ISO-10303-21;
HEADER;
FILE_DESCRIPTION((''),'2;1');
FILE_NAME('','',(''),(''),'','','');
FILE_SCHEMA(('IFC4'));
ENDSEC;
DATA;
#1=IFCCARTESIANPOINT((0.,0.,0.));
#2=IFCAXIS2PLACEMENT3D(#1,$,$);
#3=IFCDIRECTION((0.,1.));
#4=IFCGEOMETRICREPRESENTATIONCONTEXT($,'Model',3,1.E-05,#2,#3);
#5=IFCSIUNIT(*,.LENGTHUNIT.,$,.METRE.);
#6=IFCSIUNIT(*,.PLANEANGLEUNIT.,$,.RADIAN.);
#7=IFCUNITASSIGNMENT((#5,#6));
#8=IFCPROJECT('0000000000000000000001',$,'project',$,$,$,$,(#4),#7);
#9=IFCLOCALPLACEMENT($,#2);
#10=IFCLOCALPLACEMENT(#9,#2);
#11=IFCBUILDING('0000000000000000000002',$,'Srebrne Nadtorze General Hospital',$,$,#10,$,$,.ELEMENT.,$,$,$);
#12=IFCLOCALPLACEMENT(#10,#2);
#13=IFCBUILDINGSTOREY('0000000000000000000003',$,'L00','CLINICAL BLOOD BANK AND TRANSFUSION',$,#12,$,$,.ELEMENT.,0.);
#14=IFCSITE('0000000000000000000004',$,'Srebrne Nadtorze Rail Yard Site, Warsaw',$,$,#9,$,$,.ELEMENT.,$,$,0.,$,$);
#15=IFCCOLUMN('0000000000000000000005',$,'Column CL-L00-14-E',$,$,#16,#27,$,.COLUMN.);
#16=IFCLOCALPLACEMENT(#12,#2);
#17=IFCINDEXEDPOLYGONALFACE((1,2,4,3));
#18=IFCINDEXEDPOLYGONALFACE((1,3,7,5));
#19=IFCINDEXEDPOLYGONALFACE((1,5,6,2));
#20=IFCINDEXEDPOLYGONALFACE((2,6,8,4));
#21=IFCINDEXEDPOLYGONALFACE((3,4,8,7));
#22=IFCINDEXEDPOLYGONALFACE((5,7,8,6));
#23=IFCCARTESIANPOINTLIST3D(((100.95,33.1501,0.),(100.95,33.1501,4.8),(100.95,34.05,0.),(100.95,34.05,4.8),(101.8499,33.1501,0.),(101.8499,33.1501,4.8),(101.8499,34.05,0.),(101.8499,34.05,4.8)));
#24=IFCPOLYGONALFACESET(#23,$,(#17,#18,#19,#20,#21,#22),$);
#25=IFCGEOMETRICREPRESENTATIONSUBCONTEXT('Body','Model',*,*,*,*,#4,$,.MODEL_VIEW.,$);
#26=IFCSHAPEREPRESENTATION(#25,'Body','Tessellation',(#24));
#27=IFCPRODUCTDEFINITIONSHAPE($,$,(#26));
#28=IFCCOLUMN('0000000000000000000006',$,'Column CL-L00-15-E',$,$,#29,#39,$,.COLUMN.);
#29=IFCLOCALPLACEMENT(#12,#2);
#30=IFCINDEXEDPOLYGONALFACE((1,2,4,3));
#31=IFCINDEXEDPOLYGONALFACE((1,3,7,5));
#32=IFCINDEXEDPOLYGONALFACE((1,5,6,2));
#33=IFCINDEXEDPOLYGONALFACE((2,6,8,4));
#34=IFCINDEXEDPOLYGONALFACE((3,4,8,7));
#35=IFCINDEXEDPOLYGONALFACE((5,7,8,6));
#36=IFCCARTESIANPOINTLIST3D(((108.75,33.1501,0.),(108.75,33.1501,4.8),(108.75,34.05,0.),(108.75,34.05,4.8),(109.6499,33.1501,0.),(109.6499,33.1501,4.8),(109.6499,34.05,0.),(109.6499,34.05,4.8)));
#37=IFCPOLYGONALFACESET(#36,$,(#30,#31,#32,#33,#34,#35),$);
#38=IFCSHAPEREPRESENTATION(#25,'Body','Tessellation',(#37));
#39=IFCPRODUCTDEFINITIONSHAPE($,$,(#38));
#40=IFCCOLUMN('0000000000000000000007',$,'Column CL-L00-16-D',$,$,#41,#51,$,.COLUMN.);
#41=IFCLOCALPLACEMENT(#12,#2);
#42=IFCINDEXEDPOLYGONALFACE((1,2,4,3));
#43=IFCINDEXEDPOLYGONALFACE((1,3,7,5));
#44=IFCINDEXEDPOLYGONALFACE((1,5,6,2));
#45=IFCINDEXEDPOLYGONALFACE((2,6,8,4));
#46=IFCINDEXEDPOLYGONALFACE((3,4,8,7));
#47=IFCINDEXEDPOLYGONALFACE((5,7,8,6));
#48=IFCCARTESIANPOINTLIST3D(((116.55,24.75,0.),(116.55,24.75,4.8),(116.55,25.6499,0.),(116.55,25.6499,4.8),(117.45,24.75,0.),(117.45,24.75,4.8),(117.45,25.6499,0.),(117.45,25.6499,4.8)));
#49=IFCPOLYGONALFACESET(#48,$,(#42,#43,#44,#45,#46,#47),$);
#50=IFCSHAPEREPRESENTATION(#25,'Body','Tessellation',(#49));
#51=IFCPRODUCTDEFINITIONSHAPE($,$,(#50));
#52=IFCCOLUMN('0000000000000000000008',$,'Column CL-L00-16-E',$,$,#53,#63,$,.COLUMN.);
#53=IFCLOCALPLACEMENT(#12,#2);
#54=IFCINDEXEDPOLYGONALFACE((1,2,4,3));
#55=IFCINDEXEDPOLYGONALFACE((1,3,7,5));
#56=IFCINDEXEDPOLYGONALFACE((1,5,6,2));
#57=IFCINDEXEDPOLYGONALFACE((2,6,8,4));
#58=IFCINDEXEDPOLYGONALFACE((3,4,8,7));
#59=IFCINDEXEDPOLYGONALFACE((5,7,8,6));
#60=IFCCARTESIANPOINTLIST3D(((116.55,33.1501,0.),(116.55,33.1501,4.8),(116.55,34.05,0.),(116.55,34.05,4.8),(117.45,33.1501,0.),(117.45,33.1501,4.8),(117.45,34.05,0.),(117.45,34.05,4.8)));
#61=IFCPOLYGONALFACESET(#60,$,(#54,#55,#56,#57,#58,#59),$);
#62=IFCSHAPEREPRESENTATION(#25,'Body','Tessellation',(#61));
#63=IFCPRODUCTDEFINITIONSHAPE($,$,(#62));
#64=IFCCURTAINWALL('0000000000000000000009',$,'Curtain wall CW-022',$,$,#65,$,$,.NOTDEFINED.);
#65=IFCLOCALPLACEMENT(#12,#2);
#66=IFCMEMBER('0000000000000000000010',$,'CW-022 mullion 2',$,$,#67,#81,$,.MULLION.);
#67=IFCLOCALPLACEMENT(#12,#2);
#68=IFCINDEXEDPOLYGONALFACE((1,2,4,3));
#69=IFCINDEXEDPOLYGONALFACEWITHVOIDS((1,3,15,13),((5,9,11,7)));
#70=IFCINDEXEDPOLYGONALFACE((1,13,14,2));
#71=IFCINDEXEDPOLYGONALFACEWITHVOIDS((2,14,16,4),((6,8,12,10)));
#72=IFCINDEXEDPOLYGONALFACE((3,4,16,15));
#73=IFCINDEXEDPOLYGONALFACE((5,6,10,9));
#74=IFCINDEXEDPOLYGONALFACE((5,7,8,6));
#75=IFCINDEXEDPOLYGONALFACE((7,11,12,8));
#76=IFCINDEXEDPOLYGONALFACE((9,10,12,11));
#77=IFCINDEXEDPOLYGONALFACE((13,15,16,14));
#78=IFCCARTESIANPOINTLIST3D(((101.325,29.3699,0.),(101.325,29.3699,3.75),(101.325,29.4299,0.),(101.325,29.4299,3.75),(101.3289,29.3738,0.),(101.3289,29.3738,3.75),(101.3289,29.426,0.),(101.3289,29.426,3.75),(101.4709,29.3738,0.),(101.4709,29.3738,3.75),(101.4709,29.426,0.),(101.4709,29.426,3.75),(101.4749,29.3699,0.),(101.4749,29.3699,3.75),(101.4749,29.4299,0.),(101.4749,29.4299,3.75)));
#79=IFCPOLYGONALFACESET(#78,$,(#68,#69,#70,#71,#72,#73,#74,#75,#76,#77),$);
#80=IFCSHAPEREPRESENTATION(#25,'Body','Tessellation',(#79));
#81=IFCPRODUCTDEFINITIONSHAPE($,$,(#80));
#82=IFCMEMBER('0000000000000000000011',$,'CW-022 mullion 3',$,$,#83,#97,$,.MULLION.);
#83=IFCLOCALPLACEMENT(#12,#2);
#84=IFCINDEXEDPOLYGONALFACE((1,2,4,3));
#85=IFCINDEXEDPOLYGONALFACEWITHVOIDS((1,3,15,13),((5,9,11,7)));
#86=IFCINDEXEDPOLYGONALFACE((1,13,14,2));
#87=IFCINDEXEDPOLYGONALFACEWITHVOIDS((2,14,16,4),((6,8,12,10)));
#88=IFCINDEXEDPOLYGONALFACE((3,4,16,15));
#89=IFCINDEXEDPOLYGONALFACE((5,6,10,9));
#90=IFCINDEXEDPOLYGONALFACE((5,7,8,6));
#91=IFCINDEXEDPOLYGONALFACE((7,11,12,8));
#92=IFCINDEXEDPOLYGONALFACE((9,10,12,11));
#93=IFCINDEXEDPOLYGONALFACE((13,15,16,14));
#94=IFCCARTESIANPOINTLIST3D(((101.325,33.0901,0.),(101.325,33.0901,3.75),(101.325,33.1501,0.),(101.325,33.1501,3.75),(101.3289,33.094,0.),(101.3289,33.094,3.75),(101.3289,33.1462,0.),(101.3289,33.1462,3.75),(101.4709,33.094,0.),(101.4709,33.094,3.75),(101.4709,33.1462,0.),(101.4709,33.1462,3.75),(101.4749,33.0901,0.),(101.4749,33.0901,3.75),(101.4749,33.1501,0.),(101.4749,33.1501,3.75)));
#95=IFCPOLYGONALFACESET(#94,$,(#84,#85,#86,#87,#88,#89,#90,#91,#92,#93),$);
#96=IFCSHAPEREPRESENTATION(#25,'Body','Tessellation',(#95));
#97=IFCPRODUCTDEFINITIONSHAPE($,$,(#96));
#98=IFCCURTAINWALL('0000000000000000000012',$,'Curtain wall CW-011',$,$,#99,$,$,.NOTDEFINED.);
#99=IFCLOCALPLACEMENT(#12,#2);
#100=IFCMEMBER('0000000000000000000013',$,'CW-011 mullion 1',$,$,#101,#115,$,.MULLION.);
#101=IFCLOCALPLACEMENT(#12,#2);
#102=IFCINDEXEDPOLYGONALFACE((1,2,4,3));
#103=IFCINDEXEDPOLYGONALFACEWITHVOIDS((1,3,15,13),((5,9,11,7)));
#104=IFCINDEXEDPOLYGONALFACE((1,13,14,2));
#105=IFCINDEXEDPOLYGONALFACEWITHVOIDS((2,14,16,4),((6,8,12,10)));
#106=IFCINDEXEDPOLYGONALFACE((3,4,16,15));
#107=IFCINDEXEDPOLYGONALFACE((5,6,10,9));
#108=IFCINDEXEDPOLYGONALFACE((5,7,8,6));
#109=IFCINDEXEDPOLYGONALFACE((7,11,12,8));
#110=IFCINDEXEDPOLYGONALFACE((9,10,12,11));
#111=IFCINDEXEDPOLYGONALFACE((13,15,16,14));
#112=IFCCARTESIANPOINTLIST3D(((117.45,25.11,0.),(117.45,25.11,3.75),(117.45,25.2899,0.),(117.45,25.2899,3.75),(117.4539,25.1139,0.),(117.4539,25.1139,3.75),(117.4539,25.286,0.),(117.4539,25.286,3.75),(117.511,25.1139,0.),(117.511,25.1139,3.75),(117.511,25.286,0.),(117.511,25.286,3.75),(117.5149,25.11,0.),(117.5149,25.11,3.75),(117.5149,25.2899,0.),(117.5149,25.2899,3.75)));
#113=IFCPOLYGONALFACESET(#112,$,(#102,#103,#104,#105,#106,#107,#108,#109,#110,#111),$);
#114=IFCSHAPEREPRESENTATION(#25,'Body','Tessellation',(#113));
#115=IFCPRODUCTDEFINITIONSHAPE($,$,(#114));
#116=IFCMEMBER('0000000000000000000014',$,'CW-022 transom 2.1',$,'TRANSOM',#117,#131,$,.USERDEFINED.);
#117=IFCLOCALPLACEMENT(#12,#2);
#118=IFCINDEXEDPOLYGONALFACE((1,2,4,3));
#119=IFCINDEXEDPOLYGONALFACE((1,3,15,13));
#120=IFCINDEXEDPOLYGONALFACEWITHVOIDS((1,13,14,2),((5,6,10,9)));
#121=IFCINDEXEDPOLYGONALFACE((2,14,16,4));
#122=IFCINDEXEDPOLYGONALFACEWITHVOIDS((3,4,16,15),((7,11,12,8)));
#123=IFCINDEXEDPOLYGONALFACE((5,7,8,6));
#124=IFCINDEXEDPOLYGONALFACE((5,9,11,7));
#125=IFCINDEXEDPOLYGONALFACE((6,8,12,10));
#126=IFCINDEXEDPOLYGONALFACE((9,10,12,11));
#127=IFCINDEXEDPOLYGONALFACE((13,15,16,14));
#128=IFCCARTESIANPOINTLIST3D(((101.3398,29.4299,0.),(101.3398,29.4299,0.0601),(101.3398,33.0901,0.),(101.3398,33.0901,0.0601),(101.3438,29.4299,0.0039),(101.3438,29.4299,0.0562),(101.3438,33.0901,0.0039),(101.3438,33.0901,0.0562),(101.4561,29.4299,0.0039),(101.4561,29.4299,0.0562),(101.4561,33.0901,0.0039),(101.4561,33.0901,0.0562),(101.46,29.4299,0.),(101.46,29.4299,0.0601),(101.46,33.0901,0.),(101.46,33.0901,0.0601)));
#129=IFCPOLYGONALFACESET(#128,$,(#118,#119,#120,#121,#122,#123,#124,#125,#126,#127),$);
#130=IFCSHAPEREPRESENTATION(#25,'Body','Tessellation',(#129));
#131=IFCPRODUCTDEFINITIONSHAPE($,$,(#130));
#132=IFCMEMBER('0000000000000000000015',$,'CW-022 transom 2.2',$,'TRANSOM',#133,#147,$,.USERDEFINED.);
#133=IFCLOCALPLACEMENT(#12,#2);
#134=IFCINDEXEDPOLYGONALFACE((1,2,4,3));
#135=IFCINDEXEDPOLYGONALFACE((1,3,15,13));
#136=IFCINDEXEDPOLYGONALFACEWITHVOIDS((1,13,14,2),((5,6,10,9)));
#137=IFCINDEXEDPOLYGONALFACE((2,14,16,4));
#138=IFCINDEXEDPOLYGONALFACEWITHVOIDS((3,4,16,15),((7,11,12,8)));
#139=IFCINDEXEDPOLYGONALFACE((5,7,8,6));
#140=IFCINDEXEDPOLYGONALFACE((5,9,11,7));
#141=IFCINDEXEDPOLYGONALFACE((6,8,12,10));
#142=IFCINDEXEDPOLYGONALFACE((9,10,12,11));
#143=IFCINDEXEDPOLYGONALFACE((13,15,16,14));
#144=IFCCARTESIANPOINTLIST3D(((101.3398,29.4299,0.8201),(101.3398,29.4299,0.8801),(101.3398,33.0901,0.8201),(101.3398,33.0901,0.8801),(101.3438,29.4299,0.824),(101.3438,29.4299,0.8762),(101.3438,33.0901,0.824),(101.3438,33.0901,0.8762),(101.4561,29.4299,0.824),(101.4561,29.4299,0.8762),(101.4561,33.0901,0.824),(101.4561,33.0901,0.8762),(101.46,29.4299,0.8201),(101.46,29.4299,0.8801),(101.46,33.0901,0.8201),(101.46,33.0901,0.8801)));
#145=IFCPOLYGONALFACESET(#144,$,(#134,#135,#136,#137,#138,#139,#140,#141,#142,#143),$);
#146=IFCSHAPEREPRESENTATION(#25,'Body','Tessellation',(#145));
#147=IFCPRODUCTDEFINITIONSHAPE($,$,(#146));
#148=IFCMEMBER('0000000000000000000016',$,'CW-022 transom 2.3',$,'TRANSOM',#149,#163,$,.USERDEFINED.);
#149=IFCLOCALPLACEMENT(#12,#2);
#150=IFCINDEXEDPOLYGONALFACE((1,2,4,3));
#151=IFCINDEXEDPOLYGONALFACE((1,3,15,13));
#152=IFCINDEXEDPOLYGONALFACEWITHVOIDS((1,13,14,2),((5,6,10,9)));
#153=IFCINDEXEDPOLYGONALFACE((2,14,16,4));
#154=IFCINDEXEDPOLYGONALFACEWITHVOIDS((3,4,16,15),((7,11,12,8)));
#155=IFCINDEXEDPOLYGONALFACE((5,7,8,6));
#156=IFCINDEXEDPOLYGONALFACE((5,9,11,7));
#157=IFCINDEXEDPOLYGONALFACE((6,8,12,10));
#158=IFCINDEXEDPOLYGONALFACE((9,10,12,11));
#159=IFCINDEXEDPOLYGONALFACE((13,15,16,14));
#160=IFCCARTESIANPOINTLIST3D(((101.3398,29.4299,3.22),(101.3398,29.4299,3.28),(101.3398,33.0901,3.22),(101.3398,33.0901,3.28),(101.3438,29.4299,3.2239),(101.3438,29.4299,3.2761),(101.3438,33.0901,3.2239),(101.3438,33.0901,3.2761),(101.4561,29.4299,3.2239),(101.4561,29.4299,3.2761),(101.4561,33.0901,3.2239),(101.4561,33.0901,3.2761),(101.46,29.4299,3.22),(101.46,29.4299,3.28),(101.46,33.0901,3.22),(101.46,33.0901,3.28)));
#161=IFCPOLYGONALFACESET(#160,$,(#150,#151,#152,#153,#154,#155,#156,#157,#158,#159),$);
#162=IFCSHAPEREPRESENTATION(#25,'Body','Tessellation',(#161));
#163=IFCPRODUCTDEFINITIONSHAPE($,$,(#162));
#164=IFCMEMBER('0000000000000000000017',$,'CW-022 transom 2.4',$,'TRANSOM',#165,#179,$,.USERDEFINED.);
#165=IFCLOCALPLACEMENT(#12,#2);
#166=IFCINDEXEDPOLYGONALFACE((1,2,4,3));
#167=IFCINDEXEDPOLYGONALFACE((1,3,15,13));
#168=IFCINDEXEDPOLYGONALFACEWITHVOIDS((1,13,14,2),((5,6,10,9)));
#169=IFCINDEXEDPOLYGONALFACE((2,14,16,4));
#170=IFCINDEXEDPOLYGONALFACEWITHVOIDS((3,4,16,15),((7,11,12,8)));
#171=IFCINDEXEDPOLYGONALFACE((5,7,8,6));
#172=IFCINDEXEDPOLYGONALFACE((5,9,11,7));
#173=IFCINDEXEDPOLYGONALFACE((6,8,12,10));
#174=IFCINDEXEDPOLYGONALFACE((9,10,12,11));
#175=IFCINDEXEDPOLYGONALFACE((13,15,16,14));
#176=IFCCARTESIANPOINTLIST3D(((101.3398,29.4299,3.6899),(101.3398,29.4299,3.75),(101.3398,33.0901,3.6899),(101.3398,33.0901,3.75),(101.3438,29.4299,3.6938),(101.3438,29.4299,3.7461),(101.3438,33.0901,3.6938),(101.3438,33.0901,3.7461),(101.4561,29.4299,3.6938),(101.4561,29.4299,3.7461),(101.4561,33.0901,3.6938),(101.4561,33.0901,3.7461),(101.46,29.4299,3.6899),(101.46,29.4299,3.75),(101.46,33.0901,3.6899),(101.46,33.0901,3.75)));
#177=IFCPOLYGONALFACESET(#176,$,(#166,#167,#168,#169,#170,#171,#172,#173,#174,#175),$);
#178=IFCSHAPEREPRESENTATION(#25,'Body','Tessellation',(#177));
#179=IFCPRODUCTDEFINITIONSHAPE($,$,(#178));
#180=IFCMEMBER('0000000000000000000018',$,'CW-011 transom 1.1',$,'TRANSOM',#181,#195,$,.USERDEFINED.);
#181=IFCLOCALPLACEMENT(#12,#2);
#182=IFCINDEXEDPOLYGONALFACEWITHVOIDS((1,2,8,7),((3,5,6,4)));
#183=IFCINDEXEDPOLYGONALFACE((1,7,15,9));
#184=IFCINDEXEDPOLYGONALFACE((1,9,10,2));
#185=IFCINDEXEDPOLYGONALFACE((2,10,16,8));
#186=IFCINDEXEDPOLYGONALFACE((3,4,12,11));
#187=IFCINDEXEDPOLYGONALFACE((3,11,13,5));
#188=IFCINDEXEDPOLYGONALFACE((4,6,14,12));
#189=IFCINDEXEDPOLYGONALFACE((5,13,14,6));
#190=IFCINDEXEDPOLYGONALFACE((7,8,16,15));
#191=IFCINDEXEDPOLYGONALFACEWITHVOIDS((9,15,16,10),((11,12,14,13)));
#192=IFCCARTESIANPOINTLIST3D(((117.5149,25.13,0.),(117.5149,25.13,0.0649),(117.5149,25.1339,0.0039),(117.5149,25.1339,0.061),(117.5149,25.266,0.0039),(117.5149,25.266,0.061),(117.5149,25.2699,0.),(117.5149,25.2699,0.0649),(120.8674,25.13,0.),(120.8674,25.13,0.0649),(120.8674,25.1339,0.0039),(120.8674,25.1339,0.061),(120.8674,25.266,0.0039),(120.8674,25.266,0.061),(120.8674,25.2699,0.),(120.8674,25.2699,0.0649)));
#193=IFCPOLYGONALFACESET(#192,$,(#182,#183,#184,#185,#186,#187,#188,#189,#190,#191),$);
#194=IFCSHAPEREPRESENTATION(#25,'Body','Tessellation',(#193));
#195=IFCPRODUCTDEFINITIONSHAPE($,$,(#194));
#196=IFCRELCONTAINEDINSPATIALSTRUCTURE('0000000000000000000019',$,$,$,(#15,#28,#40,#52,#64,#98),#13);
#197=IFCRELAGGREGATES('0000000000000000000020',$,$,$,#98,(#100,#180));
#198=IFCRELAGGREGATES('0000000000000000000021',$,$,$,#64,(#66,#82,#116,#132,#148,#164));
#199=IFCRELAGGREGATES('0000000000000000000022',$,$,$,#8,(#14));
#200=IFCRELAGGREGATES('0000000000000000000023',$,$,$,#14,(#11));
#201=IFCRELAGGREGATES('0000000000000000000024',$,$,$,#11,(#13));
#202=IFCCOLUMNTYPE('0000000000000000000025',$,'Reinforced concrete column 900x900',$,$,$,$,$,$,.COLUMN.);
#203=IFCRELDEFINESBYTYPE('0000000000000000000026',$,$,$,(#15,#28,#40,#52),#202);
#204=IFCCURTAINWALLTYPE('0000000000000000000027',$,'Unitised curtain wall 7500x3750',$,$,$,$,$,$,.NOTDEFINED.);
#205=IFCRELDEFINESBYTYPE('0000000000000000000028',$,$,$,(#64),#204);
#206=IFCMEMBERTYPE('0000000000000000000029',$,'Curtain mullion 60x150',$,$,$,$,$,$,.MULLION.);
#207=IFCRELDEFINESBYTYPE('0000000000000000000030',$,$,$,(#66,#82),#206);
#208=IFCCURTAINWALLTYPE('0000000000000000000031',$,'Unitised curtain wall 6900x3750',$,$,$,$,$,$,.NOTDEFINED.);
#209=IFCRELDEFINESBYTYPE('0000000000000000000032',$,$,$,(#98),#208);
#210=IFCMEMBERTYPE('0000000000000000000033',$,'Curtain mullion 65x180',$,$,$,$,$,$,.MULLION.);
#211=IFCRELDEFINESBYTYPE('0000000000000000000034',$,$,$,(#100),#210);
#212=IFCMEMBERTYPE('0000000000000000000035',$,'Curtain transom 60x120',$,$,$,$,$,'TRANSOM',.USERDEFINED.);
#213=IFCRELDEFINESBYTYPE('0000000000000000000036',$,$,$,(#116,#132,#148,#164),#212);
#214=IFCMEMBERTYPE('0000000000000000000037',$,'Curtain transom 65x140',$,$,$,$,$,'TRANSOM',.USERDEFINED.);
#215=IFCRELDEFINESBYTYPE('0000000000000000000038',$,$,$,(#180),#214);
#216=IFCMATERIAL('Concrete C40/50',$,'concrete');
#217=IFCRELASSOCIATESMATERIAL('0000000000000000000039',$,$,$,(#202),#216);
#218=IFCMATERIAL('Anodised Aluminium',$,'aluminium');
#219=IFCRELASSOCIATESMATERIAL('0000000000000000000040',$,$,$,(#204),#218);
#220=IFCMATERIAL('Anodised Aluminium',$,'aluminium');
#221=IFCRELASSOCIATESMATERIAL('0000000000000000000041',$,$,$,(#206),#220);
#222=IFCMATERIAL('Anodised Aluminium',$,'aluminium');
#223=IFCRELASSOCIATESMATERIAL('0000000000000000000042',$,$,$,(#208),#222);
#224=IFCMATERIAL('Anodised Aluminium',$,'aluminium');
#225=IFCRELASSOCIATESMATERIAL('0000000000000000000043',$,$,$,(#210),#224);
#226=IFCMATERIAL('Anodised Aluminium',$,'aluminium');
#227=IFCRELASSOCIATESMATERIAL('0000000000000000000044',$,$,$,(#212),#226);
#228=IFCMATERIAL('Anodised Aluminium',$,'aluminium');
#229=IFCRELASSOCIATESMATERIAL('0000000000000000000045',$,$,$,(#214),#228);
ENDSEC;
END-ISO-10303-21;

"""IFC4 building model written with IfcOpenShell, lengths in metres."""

from ifc_helpers import new_model, si_unit, direction, frame, origin, origin_2d, place, context, subcontext, project, spatial, rectangle, hollow_rectangle, extrude, material, material_profile, profile_set, type_object, element, aggregate, save


model = new_model("IFC4")

# Units and contexts
model_context = context("Model", 3, precision=1e-05, world=origin(), true_north=direction((0.0, 1.0)))
body_context = subcontext(model_context, "Body", "Model", "MODEL_VIEW")
ifc_project = project(units=[si_unit("LENGTHUNIT", "METRE"), si_unit("PLANEANGLEUNIT", "RADIAN")], contexts=[model_context])

# Site, building, storey
site_placement = place(None, origin())
site = spatial("IfcSite", under=ifc_project, at=site_placement, Name="Srebrne Nadtorze Rail Yard Site, Warsaw", CompositionType="ELEMENT", RefElevation=0.0)
building_placement = place(site_placement, origin())
building = spatial("IfcBuilding", under=site, at=building_placement, Name="Srebrne Nadtorze General Hospital", CompositionType="ELEMENT")
storey_placement = place(building_placement, origin())
storey = spatial("IfcBuildingStorey", under=building, at=storey_placement, Name="L00", Description="CLINICAL BLOOD BANK AND TRANSFUSION", CompositionType="ELEMENT", Elevation=0.0)

# Columns
ifc_material_1 = material(Name="Concrete C40/50", Category="concrete")
ifc_material_profile_1 = material_profile(ifc_material_1, rectangle(XDim=0.8999, YDim=0.8999, at=origin_2d()), Name="RC-COL-900x900")
ifc_profile_set_1 = profile_set([ifc_material_profile_1], Name="Concrete C40/50")
column_type = type_object("IfcColumnType", Name="Reinforced concrete column 900x900", PredefinedType="COLUMN", material=ifc_profile_set_1)
for number, where, z_axis, x_axis, name in (
    (1, (101.3999, 33.6001, 0.0), (0.0, 0.0, 1.0), (1.0, 0.0, 0.0), "Column CL-L00-14-E"),
    (2, (109.2, 33.6001, 0.0), (0.0, 0.0, 1.0), (1.0, 0.0, 0.0), "Column CL-L00-15-E"),
    (3, (117.0, 25.2, 0.0), (0.0, 0.0, 1.0), (1.0, 0.0, 0.0), "Column CL-L00-16-D"),
    (4, (117.0, 33.6001, 0.0), (0.0, 0.0, 1.0), (1.0, 0.0, 0.0), "Column CL-L00-16-E"),
):
    element("IfcColumn", number, at=place(storey_placement, frame(where, z_axis=z_axis, x_axis=x_axis)), inside=storey, type_object=column_type, Name=name, PredefinedType="COLUMN", context=body_context, shape_type="SweptSolid", body=[
        extrude(rectangle(XDim=0.8999, YDim=0.8999, at=origin_2d()), origin(), (0.0, 0.0, 1.0), 4.8),
    ])

# Curtain wall, members
ifc_material_2 = material(Name="Anodised Aluminium", Category="aluminium")
curtain_wall_type_1 = type_object("IfcCurtainWallType", Name="Unitised curtain wall 7500x3750", PredefinedType="NOTDEFINED", material=ifc_material_2)
curtain_wall_1_placement = place(storey_placement, origin())
curtain_wall_1 = element("IfcCurtainWall", 5, at=curtain_wall_1_placement, inside=storey, type_object=curtain_wall_type_1, Name="Curtain wall CW-022", PredefinedType="NOTDEFINED")
ifc_material_3 = material(Name="Anodised Aluminium", Category="aluminium")
ifc_material_profile_2 = material_profile(ifc_material_3, hollow_rectangle(XDim=0.0601, YDim=0.1499, WallThickness=0.0039, at=origin_2d()), Name="AL-MUL-60x150")
ifc_profile_set_2 = profile_set([ifc_material_profile_2], Name="Anodised Aluminium")
member_type_1 = type_object("IfcMemberType", Name="Curtain mullion 60x150", PredefinedType="MULLION", material=ifc_profile_set_2)
member_1_placement = place(storey_placement, frame((101.3999, 29.3999, 0.0), z_axis=(0.0, 0.0, 1.0), x_axis=(0.0, 1.0, 0.0)))
member_1 = element("IfcMember", 6, at=member_1_placement, type_object=member_type_1, Name="CW-022 mullion 2", PredefinedType="MULLION", context=body_context, shape_type="SweptSolid", body=[
    extrude(hollow_rectangle(XDim=0.0601, YDim=0.1499, WallThickness=0.0039, at=origin_2d()), origin(), (0.0, 0.0, 1.0), 3.75),
])
member_2_placement = place(storey_placement, frame((101.3999, 33.1201, 0.0), z_axis=(0.0, 0.0, 1.0), x_axis=(0.0, 1.0, 0.0)))
member_2 = element("IfcMember", 7, at=member_2_placement, type_object=member_type_1, Name="CW-022 mullion 3", PredefinedType="MULLION", context=body_context, shape_type="SweptSolid", body=[
    extrude(hollow_rectangle(XDim=0.0601, YDim=0.1499, WallThickness=0.0039, at=origin_2d()), origin(), (0.0, 0.0, 1.0), 3.75),
])

# Curtain wall, member
ifc_material_4 = material(Name="Anodised Aluminium", Category="aluminium")
curtain_wall_type_2 = type_object("IfcCurtainWallType", Name="Unitised curtain wall 6900x3750", PredefinedType="NOTDEFINED", material=ifc_material_4)
curtain_wall_2_placement = place(storey_placement, origin())
curtain_wall_2 = element("IfcCurtainWall", 8, at=curtain_wall_2_placement, inside=storey, type_object=curtain_wall_type_2, Name="Curtain wall CW-011", PredefinedType="NOTDEFINED")
ifc_material_5 = material(Name="Anodised Aluminium", Category="aluminium")
ifc_material_profile_3 = material_profile(ifc_material_5, hollow_rectangle(XDim=0.0649, YDim=0.1799, WallThickness=0.0039, at=origin_2d()), Name="AL-MUL-65x180")
ifc_profile_set_3 = profile_set([ifc_material_profile_3], Name="Anodised Aluminium")
member_type_2 = type_object("IfcMemberType", Name="Curtain mullion 65x180", PredefinedType="MULLION", material=ifc_profile_set_3)
member_3_placement = place(storey_placement, frame((117.4824, 25.2, 0.0), z_axis=(0.0, 0.0, 1.0), x_axis=(1.0, 0.0, 0.0)))
member_3 = element("IfcMember", 9, at=member_3_placement, type_object=member_type_2, Name="CW-011 mullion 1", PredefinedType="MULLION", context=body_context, shape_type="SweptSolid", body=[
    extrude(hollow_rectangle(XDim=0.0649, YDim=0.1799, WallThickness=0.0039, at=origin_2d()), origin(), (0.0, 0.0, 1.0), 3.75),
])

# Members
ifc_material_6 = material(Name="Anodised Aluminium", Category="aluminium")
ifc_material_profile_4 = material_profile(ifc_material_6, hollow_rectangle(XDim=0.0601, YDim=0.1201, WallThickness=0.0039, at=origin_2d()), Name="AL-TRN-60x120")
ifc_profile_set_4 = profile_set([ifc_material_profile_4], Name="Anodised Aluminium")
member_type_3 = type_object("IfcMemberType", Name="Curtain transom 60x120", ElementType="TRANSOM", PredefinedType="USERDEFINED", material=ifc_profile_set_4)
member_4_placement = place(storey_placement, frame((101.3999, 29.4299, 0.03), z_axis=(0.0, 1.0, 0.0), x_axis=(0.0, 0.0, 1.0)))
member_4 = element("IfcMember", 10, at=member_4_placement, type_object=member_type_3, Name="CW-022 transom 2.1", ObjectType="TRANSOM", PredefinedType="USERDEFINED", context=body_context, shape_type="SweptSolid", body=[
    extrude(hollow_rectangle(XDim=0.0601, YDim=0.1201, WallThickness=0.0039, at=origin_2d()), origin(), (0.0, 0.0, 1.0), 3.6602),
])
member_5_placement = place(storey_placement, frame((101.3999, 29.4299, 0.8501), z_axis=(0.0, 1.0, 0.0), x_axis=(0.0, 0.0, 1.0)))
member_5 = element("IfcMember", 11, at=member_5_placement, type_object=member_type_3, Name="CW-022 transom 2.2", ObjectType="TRANSOM", PredefinedType="USERDEFINED", context=body_context, shape_type="SweptSolid", body=[
    extrude(hollow_rectangle(XDim=0.0601, YDim=0.1201, WallThickness=0.0039, at=origin_2d()), origin(), (0.0, 0.0, 1.0), 3.6602),
])
member_6_placement = place(storey_placement, frame((101.3999, 29.4299, 3.25), z_axis=(0.0, 1.0, 0.0), x_axis=(0.0, 0.0, 1.0)))
member_6 = element("IfcMember", 12, at=member_6_placement, type_object=member_type_3, Name="CW-022 transom 2.3", ObjectType="TRANSOM", PredefinedType="USERDEFINED", context=body_context, shape_type="SweptSolid", body=[
    extrude(hollow_rectangle(XDim=0.0601, YDim=0.1201, WallThickness=0.0039, at=origin_2d()), origin(), (0.0, 0.0, 1.0), 3.6602),
])
member_7_placement = place(storey_placement, frame((101.3999, 29.4299, 3.72), z_axis=(0.0, 1.0, 0.0), x_axis=(0.0, 0.0, 1.0)))
member_7 = element("IfcMember", 13, at=member_7_placement, type_object=member_type_3, Name="CW-022 transom 2.4", ObjectType="TRANSOM", PredefinedType="USERDEFINED", context=body_context, shape_type="SweptSolid", body=[
    extrude(hollow_rectangle(XDim=0.0601, YDim=0.1201, WallThickness=0.0039, at=origin_2d()), origin(), (0.0, 0.0, 1.0), 3.6602),
])
ifc_material_7 = material(Name="Anodised Aluminium", Category="aluminium")
ifc_material_profile_5 = material_profile(ifc_material_7, hollow_rectangle(XDim=0.0649, YDim=0.1399, WallThickness=0.0039, at=origin_2d()), Name="AL-TRN-65x140")
ifc_profile_set_5 = profile_set([ifc_material_profile_5], Name="Anodised Aluminium")
member_type_4 = type_object("IfcMemberType", Name="Curtain transom 65x140", ElementType="TRANSOM", PredefinedType="USERDEFINED", material=ifc_profile_set_5)
member_8_placement = place(storey_placement, frame((117.5149, 25.2, 0.0325), z_axis=(1.0, 0.0, 0.0), x_axis=(0.0, 0.0, 1.0)))
member_8 = element("IfcMember", 14, at=member_8_placement, type_object=member_type_4, Name="CW-011 transom 1.1", ObjectType="TRANSOM", PredefinedType="USERDEFINED", context=body_context, shape_type="SweptSolid", body=[
    extrude(hollow_rectangle(XDim=0.0649, YDim=0.1399, WallThickness=0.0039, at=origin_2d()), origin(), (0.0, 0.0, 1.0), 3.3525),
])
aggregate(curtain_wall_2, [member_3, member_8])

aggregate(curtain_wall_1, [member_1, member_2, member_4, member_5, member_6, member_7])

save(model, "model.ifc")
